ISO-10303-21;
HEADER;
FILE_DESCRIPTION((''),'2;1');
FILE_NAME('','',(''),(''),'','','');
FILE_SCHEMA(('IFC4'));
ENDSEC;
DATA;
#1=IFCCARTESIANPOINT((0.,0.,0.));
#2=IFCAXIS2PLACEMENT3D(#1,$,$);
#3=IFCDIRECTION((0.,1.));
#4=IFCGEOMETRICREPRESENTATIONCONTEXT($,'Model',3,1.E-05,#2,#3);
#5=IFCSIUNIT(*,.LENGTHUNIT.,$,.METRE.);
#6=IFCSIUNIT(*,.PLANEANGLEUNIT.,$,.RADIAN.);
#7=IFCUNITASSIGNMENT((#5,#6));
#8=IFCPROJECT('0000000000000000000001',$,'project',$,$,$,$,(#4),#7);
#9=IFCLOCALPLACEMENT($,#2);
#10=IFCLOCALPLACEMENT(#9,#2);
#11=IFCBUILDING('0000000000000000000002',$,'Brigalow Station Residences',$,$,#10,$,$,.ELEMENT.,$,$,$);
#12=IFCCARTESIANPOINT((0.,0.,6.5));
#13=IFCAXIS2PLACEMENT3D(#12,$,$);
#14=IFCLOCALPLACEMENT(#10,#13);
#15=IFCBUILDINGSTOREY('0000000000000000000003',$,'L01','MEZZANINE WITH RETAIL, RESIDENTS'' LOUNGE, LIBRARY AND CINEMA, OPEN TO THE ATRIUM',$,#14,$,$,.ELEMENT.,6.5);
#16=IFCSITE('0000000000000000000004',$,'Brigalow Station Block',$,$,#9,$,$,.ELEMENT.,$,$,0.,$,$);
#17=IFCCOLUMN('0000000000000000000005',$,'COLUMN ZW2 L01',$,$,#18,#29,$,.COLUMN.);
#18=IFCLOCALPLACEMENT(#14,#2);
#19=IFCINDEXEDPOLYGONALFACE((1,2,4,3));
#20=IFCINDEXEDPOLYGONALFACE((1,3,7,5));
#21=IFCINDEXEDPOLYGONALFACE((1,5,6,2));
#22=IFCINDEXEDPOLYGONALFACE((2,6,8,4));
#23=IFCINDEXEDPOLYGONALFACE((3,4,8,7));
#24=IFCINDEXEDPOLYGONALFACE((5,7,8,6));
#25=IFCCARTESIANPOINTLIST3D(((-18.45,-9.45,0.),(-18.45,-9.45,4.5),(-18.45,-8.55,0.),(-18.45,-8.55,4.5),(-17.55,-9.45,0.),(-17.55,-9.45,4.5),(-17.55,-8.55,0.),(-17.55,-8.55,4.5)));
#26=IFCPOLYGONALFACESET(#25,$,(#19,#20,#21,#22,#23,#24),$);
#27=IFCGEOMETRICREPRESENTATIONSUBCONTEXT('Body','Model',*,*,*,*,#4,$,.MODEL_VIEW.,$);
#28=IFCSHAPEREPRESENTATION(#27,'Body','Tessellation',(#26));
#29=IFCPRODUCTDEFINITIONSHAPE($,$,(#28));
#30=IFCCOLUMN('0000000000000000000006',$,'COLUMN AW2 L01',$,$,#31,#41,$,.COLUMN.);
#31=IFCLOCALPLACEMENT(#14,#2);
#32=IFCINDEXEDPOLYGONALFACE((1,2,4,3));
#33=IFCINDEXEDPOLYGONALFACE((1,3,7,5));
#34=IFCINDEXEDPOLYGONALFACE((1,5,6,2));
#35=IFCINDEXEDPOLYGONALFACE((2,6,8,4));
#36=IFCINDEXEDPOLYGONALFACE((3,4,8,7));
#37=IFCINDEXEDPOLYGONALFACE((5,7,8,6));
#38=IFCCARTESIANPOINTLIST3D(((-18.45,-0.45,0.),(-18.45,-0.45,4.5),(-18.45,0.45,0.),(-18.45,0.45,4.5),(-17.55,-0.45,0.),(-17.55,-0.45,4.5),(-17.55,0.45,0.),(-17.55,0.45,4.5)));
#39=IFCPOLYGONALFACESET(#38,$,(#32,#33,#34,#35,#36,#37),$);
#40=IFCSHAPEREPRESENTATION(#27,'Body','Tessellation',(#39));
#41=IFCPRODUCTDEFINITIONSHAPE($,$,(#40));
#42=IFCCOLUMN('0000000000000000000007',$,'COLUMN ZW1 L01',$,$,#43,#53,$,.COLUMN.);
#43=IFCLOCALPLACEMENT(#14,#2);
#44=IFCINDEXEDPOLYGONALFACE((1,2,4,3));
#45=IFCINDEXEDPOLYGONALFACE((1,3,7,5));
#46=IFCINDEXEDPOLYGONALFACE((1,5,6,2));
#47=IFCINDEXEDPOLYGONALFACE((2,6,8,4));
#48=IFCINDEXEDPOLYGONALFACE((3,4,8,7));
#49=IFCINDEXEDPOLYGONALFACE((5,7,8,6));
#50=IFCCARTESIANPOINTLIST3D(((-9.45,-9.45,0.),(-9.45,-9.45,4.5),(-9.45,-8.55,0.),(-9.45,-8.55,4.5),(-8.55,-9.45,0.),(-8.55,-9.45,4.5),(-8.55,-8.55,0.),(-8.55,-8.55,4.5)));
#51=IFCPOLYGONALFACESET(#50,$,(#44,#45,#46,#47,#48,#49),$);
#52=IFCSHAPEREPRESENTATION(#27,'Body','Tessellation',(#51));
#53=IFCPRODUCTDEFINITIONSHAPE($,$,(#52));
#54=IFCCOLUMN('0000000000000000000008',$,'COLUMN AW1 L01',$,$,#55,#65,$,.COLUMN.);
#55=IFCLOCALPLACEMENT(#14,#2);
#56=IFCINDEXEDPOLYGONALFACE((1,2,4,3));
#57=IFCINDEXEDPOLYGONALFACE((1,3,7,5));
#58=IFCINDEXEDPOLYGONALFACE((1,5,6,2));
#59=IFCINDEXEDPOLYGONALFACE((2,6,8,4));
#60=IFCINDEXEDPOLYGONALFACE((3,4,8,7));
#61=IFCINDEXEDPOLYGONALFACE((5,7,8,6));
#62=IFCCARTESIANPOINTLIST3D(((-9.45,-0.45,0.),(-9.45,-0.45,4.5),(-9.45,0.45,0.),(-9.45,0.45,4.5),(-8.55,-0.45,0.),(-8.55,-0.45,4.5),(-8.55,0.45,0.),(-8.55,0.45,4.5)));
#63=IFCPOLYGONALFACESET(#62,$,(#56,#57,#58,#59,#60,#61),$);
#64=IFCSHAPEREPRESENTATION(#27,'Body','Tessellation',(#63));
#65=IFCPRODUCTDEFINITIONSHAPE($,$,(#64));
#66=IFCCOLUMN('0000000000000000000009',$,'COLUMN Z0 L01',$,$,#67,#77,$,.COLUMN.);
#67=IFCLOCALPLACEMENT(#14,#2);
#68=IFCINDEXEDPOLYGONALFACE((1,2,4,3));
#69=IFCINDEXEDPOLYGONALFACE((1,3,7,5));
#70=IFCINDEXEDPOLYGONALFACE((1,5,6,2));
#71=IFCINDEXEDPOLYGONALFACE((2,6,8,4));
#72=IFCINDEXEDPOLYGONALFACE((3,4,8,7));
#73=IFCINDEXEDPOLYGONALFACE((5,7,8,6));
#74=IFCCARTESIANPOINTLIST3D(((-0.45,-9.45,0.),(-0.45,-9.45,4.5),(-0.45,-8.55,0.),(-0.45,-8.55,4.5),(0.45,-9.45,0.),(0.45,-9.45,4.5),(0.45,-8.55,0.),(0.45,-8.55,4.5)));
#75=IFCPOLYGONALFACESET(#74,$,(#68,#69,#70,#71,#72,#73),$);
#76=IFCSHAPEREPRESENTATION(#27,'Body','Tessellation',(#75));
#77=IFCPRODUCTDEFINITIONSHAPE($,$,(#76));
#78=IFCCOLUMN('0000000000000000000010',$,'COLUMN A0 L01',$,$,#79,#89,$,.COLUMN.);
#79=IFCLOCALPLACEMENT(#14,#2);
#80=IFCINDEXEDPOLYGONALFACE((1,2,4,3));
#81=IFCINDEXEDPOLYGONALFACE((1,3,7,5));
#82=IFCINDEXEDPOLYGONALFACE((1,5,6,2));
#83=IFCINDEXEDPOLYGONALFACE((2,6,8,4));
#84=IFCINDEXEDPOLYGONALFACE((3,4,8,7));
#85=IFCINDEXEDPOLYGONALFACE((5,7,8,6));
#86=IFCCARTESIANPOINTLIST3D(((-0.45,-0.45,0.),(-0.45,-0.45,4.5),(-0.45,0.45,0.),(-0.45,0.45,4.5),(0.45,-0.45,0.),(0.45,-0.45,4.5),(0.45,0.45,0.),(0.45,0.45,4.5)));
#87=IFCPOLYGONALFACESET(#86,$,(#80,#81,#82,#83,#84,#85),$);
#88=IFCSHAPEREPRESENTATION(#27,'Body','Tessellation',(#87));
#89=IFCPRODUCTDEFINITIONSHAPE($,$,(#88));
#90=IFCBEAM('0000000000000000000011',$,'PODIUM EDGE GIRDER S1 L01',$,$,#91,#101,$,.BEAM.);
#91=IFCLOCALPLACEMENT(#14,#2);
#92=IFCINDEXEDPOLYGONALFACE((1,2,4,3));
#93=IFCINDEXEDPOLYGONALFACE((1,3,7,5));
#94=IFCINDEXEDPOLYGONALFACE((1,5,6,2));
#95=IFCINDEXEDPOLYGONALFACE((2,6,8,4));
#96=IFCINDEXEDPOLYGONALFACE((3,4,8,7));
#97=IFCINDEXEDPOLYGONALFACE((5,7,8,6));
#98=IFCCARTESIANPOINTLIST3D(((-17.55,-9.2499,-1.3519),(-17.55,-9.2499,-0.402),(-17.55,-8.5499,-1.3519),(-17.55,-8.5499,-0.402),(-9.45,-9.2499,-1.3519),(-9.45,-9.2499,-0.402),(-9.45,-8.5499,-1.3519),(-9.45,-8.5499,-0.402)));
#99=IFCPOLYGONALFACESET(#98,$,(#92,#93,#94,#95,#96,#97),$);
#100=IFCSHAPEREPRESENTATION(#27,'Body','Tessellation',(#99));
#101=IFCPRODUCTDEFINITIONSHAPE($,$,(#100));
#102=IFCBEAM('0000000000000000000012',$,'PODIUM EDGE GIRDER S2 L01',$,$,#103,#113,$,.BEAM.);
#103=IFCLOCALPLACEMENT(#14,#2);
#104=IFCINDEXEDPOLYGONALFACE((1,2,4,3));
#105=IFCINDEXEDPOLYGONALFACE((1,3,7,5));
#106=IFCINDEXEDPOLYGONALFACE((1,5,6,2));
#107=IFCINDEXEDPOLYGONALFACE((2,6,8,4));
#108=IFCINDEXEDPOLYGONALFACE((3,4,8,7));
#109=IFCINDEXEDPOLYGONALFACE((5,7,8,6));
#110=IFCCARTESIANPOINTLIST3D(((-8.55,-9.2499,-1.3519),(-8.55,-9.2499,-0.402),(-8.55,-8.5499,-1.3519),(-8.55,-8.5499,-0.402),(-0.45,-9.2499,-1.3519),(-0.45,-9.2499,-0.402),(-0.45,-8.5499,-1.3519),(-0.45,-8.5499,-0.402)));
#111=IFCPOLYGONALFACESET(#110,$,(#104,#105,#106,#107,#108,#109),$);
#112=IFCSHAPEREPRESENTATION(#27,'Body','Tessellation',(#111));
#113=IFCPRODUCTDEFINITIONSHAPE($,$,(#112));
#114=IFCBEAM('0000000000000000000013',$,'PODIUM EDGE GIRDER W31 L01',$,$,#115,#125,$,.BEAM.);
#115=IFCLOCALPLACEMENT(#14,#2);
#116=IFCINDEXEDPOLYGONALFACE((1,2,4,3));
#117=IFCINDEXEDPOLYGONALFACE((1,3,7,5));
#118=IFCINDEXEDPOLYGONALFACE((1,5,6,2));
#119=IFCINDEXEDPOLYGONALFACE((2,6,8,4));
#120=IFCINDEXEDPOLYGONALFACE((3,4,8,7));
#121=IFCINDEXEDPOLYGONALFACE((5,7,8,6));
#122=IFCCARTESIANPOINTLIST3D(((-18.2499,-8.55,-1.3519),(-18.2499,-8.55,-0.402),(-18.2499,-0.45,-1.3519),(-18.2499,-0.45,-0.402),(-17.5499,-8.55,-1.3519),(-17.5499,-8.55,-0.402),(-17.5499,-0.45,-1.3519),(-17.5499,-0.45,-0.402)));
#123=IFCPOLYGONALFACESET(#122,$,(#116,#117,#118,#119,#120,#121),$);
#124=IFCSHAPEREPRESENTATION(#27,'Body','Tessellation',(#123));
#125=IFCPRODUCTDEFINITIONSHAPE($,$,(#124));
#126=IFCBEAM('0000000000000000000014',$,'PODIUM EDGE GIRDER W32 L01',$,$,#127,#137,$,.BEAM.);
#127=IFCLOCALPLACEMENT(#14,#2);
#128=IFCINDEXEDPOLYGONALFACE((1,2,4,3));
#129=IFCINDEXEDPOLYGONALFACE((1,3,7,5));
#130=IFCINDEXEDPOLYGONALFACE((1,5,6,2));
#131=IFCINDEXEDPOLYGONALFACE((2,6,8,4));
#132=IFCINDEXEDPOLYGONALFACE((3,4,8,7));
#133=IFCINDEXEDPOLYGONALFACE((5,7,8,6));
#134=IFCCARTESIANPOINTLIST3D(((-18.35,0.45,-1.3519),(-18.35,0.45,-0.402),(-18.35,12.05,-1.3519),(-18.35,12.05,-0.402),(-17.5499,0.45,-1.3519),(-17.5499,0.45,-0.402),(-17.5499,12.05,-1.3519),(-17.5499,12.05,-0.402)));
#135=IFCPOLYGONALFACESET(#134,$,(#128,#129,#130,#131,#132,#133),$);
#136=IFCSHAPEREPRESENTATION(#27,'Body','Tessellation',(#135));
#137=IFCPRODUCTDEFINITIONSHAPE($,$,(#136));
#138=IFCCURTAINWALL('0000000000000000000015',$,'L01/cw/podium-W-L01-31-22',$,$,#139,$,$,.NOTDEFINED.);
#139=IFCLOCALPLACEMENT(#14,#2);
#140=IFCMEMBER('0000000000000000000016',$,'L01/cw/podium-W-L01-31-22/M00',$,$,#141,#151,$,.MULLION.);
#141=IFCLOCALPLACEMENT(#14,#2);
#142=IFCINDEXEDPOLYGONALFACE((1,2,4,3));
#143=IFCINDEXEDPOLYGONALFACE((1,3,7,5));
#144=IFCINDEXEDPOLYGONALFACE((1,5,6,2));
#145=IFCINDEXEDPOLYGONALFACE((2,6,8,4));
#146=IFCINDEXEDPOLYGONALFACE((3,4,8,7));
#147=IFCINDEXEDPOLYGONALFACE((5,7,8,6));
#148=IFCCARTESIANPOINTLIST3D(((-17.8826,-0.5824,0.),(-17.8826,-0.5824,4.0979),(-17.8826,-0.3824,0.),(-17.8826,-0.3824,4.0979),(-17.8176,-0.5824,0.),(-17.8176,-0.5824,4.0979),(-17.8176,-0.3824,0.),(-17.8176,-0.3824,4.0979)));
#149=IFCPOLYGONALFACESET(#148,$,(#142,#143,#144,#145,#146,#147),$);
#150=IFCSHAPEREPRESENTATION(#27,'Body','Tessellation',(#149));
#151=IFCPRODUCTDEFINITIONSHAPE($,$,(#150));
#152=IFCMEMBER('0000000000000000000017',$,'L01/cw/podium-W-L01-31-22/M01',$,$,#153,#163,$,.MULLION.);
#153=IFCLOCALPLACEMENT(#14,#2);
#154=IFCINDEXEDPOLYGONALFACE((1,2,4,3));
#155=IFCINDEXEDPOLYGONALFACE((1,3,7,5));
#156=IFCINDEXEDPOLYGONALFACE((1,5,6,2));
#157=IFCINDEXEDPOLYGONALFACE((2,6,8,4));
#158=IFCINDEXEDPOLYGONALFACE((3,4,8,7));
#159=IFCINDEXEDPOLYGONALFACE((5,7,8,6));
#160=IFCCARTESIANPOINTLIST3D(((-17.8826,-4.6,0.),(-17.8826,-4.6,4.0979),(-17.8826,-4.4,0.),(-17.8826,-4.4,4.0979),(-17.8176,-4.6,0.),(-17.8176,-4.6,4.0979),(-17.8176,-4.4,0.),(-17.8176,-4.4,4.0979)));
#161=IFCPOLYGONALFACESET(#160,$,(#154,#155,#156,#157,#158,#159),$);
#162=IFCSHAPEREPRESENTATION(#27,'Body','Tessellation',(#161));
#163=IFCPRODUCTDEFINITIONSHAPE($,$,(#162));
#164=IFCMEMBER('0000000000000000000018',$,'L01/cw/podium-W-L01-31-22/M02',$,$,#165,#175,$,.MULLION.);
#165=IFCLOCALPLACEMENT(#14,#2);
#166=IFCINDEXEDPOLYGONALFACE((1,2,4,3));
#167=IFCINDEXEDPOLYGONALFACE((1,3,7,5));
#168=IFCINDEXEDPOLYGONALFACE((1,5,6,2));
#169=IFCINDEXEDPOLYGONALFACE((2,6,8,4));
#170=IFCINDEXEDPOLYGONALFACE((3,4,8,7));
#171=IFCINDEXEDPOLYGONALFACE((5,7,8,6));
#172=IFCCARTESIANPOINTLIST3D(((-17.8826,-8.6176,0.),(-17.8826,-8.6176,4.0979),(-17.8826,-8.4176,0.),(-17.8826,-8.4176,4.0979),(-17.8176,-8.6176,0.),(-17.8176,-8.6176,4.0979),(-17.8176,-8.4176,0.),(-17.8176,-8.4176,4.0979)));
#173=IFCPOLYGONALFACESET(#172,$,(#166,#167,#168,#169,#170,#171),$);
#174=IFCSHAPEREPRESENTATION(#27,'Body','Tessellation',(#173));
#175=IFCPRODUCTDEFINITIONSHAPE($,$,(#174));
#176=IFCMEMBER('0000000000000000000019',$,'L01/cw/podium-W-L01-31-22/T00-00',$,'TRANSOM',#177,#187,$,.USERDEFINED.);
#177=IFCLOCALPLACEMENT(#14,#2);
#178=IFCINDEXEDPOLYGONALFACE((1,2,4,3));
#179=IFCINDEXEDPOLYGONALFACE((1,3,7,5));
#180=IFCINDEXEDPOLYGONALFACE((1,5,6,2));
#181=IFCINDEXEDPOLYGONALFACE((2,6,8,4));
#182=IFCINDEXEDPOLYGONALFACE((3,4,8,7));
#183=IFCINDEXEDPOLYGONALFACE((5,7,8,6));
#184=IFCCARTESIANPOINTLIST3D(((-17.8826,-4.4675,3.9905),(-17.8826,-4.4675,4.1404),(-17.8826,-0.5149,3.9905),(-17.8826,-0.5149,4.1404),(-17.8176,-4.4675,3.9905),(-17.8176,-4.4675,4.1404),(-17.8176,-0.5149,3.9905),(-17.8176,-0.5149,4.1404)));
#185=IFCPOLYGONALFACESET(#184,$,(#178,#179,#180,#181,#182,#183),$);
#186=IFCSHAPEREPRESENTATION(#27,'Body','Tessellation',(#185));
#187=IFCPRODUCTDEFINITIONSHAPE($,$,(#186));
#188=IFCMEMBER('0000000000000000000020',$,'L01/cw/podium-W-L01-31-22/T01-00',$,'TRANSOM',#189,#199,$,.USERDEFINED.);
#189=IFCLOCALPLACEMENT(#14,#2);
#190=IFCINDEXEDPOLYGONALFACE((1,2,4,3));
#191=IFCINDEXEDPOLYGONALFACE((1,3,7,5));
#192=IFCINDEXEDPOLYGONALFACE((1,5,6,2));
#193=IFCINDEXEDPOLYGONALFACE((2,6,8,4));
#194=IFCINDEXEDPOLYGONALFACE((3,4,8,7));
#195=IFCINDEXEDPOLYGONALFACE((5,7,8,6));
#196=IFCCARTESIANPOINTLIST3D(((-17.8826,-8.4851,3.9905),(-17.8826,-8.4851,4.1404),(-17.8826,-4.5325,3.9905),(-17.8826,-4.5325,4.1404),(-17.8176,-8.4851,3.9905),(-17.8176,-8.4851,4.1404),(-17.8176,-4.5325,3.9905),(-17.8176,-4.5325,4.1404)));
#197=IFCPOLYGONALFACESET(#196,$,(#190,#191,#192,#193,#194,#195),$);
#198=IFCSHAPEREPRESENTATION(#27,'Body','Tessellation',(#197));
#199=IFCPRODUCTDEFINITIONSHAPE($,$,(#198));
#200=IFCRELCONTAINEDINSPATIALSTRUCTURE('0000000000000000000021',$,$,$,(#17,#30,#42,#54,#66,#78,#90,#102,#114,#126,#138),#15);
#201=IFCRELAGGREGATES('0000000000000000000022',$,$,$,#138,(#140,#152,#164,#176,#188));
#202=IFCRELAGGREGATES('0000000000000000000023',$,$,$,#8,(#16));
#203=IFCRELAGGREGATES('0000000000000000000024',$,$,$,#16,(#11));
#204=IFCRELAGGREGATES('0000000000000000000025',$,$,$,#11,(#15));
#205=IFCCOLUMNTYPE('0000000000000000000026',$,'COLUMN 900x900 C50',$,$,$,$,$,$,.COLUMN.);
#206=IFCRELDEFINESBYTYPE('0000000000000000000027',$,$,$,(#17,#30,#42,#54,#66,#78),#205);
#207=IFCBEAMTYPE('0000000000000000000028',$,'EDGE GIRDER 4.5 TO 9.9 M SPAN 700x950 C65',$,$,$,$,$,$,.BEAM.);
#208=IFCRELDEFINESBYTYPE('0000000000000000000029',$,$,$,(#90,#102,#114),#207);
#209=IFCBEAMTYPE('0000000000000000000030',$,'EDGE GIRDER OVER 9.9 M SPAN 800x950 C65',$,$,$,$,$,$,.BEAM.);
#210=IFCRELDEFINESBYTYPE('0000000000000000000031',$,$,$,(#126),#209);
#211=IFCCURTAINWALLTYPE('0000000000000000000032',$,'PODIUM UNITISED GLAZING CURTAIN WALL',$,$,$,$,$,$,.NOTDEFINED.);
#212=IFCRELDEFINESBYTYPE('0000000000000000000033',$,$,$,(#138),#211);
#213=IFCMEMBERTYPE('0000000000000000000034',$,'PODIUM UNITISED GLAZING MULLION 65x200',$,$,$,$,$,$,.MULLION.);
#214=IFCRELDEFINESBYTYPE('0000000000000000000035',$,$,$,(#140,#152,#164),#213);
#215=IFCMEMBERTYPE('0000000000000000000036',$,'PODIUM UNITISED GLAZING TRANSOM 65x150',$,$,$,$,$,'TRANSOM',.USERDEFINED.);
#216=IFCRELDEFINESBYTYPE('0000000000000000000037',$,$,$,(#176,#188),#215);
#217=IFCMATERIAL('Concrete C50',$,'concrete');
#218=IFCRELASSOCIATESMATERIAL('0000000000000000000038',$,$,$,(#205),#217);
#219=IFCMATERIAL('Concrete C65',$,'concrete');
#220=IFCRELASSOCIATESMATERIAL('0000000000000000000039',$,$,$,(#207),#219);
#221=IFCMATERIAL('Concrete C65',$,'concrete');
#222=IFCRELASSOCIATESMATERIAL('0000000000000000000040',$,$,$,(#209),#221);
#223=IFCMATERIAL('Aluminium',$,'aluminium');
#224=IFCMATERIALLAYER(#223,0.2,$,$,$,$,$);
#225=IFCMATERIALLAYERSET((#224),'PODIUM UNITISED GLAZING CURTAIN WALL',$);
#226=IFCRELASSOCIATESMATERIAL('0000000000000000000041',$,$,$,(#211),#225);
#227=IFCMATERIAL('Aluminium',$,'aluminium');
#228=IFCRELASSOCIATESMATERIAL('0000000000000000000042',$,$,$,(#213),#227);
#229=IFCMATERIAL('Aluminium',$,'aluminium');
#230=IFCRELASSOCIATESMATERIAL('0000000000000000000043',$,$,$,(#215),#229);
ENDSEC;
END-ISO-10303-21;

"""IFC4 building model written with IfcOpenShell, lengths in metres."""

from ifc_helpers import new_model, si_unit, direction, frame, origin, origin_2d, place, context, subcontext, project, spatial, rectangle, extrude, material, layer, layer_set, material_profile, profile_set, type_object, element, aggregate, save


model = new_model("IFC4")

# Units and contexts
model_context = context("Model", 3, precision=1e-05, world=origin(), true_north=direction((0.0, 1.0)))
body_context = subcontext(model_context, "Body", "Model", "MODEL_VIEW")
ifc_project = project(units=[si_unit("LENGTHUNIT", "METRE"), si_unit("PLANEANGLEUNIT", "RADIAN")], contexts=[model_context])

# Site, building, storey
site_placement = place(None, origin())
site = spatial("IfcSite", under=ifc_project, at=site_placement, Name="Brigalow Station Block", CompositionType="ELEMENT", RefElevation=0.0)
building_placement = place(site_placement, origin())
building = spatial("IfcBuilding", under=site, at=building_placement, Name="Brigalow Station Residences", CompositionType="ELEMENT")
storey_placement = place(building_placement, frame((0.0, 0.0, 6.5)))
storey = spatial("IfcBuildingStorey", under=building, at=storey_placement, Name="L01", Description="MEZZANINE WITH RETAIL, RESIDENTS' LOUNGE, LIBRARY AND CINEMA, OPEN TO THE ATRIUM", CompositionType="ELEMENT", Elevation=6.5)

# Columns
ifc_material_1 = material(Name="Concrete C50", Category="concrete")
ifc_material_profile_1 = material_profile(ifc_material_1, rectangle(XDim=0.8999, YDim=0.8999, at=origin_2d()), Name="RC900x900")
ifc_profile_set_1 = profile_set([ifc_material_profile_1], Name="Concrete C50")
column_type = type_object("IfcColumnType", Name="COLUMN 900x900 C50", PredefinedType="COLUMN", material=ifc_profile_set_1)
for number, where, z_axis, x_axis, name in (
    (1, (-18.0, -9.0, 0.0), (0.0, 0.0, 1.0), (1.0, 0.0, 0.0), "COLUMN ZW2 L01"),
    (2, (-18.0, 0.0, 0.0), (0.0, 0.0, 1.0), (1.0, 0.0, 0.0), "COLUMN AW2 L01"),
    (3, (-9.0, -9.0, 0.0), (0.0, 0.0, 1.0), (1.0, 0.0, 0.0), "COLUMN ZW1 L01"),
    (4, (-9.0, 0.0, 0.0), (0.0, 0.0, 1.0), (1.0, 0.0, 0.0), "COLUMN AW1 L01"),
    (5, (0.0, -9.0, 0.0), (0.0, 0.0, 1.0), (1.0, 0.0, 0.0), "COLUMN Z0 L01"),
    (6, (0.0, 0.0, 0.0), (0.0, 0.0, 1.0), (1.0, 0.0, 0.0), "COLUMN A0 L01"),
):
    element("IfcColumn", number, at=place(storey_placement, frame(where, z_axis=z_axis, x_axis=x_axis)), inside=storey, type_object=column_type, Name=name, PredefinedType="COLUMN", context=body_context, shape_type="SweptSolid", body=[
        extrude(rectangle(XDim=0.8999, YDim=0.8999, at=origin_2d()), origin(), (0.0, 0.0, 1.0), 4.5),
    ])

# Beams
ifc_material_2 = material(Name="Concrete C65", Category="concrete")
ifc_material_profile_2 = material_profile(ifc_material_2, rectangle(XDim=0.7, YDim=0.95, at=origin_2d()), Name="RC700x950")
ifc_profile_set_2 = profile_set([ifc_material_profile_2], Name="Concrete C65")
beam_type_1 = type_object("IfcBeamType", Name="EDGE GIRDER 4.5 TO 9.9 M SPAN 700x950 C65", PredefinedType="BEAM", material=ifc_profile_set_2)
for number, where, z_axis, x_axis, name in (
    (7, (-17.55, -8.8999, -0.877), (1.0, 0.0, 0.0), (0.0, 1.0, 0.0), "PODIUM EDGE GIRDER S1 L01"),
    (8, (-8.55, -8.8999, -0.877), (1.0, 0.0, 0.0), (0.0, 1.0, 0.0), "PODIUM EDGE GIRDER S2 L01"),
    (9, (-17.8999, -8.55, -0.877), (0.0, 1.0, 0.0), (-1.0, 0.0, 0.0), "PODIUM EDGE GIRDER W31 L01"),
):
    element("IfcBeam", number, at=place(storey_placement, frame(where, z_axis=z_axis, x_axis=x_axis)), inside=storey, type_object=beam_type_1, Name=name, PredefinedType="BEAM", context=body_context, shape_type="SweptSolid", body=[
        extrude(rectangle(XDim=0.7, YDim=0.95, at=origin_2d()), origin(), (0.0, 0.0, 1.0), 8.1001),
    ])
ifc_material_3 = material(Name="Concrete C65", Category="concrete")
ifc_material_profile_3 = material_profile(ifc_material_3, rectangle(XDim=0.8, YDim=0.95, at=origin_2d()), Name="RC800x950")
ifc_profile_set_3 = profile_set([ifc_material_profile_3], Name="Concrete C65")
beam_type_2 = type_object("IfcBeamType", Name="EDGE GIRDER OVER 9.9 M SPAN 800x950 C65", PredefinedType="BEAM", material=ifc_profile_set_3)
beam_placement = place(storey_placement, frame((-17.95, 0.45, -0.877), z_axis=(0.0, 1.0, 0.0), x_axis=(-1.0, 0.0, 0.0)))
element("IfcBeam", 10, at=beam_placement, inside=storey, type_object=beam_type_2, Name="PODIUM EDGE GIRDER W32 L01", PredefinedType="BEAM", context=body_context, shape_type="SweptSolid", body=[
    extrude(rectangle(XDim=0.8, YDim=0.95, at=origin_2d()), origin(), (0.0, 0.0, 1.0), 11.6001),
])

# Curtain wall, members
ifc_material_4 = material(Name="Aluminium", Category="aluminium")
ifc_layer_1 = layer(ifc_material_4, 0.2)
ifc_layer_set_1 = layer_set([ifc_layer_1], Name="PODIUM UNITISED GLAZING CURTAIN WALL")
curtain_wall_type = type_object("IfcCurtainWallType", Name="PODIUM UNITISED GLAZING CURTAIN WALL", PredefinedType="NOTDEFINED", material=ifc_layer_set_1)
curtain_wall_placement = place(storey_placement, origin())
curtain_wall = element("IfcCurtainWall", 11, at=curtain_wall_placement, inside=storey, type_object=curtain_wall_type, Name="L01/cw/podium-W-L01-31-22", PredefinedType="NOTDEFINED")
ifc_material_5 = material(Name="Aluminium", Category="aluminium")
ifc_material_profile_4 = material_profile(ifc_material_5, rectangle(XDim=0.0649, YDim=0.2, at=origin_2d()), Name="PODIUM UNITISED GLAZING MULLION 65x200")
ifc_profile_set_4 = profile_set([ifc_material_profile_4], Name="Aluminium")
member_type_1 = type_object("IfcMemberType", Name="PODIUM UNITISED GLAZING MULLION 65x200", PredefinedType="MULLION", material=ifc_profile_set_4)
member_1_placement = place(storey_placement, frame((-17.8501, -0.4824, 0.0), z_axis=(0.0, 0.0, 1.0), x_axis=(1.0, 0.0, 0.0)))
member_1 = element("IfcMember", 12, at=member_1_placement, type_object=member_type_1, Name="L01/cw/podium-W-L01-31-22/M00", PredefinedType="MULLION", context=body_context, shape_type="SweptSolid", body=[
    extrude(rectangle(XDim=0.0649, YDim=0.2, at=origin_2d()), origin(), (0.0, 0.0, 1.0), 4.0979),
])
member_2_placement = place(storey_placement, frame((-17.8501, -4.5, 0.0), z_axis=(0.0, 0.0, 1.0), x_axis=(1.0, 0.0, 0.0)))
member_2 = element("IfcMember", 13, at=member_2_placement, type_object=member_type_1, Name="L01/cw/podium-W-L01-31-22/M01", PredefinedType="MULLION", context=body_context, shape_type="SweptSolid", body=[
    extrude(rectangle(XDim=0.0649, YDim=0.2, at=origin_2d()), origin(), (0.0, 0.0, 1.0), 4.0979),
])
member_3_placement = place(storey_placement, frame((-17.8501, -8.5176, 0.0), z_axis=(0.0, 0.0, 1.0), x_axis=(1.0, 0.0, 0.0)))
member_3 = element("IfcMember", 14, at=member_3_placement, type_object=member_type_1, Name="L01/cw/podium-W-L01-31-22/M02", PredefinedType="MULLION", context=body_context, shape_type="SweptSolid", body=[
    extrude(rectangle(XDim=0.0649, YDim=0.2, at=origin_2d()), origin(), (0.0, 0.0, 1.0), 4.0979),
])
ifc_material_6 = material(Name="Aluminium", Category="aluminium")
ifc_material_profile_5 = material_profile(ifc_material_6, rectangle(XDim=0.0649, YDim=0.1499, at=origin_2d()), Name="PODIUM UNITISED GLAZING TRANSOM 65x150")
ifc_profile_set_5 = profile_set([ifc_material_profile_5], Name="Aluminium")
member_type_2 = type_object("IfcMemberType", Name="PODIUM UNITISED GLAZING TRANSOM 65x150", ElementType="TRANSOM", PredefinedType="USERDEFINED", material=ifc_profile_set_5)
member_4_placement = place(storey_placement, frame((-17.8501, -0.5149, 4.0654), z_axis=(0.0, -1.0, 0.0), x_axis=(1.0, 0.0, 0.0)))
member_4 = element("IfcMember", 15, at=member_4_placement, type_object=member_type_2, Name="L01/cw/podium-W-L01-31-22/T00-00", ObjectType="TRANSOM", PredefinedType="USERDEFINED", context=body_context, shape_type="SweptSolid", body=[
    extrude(rectangle(XDim=0.0649, YDim=0.1499, at=origin_2d()), origin(), (0.0, 0.0, 1.0), 3.9526),
])
member_5_placement = place(storey_placement, frame((-17.8501, -4.5325, 4.0654), z_axis=(0.0, -1.0, 0.0), x_axis=(1.0, 0.0, 0.0)))
member_5 = element("IfcMember", 16, at=member_5_placement, type_object=member_type_2, Name="L01/cw/podium-W-L01-31-22/T01-00", ObjectType="TRANSOM", PredefinedType="USERDEFINED", context=body_context, shape_type="SweptSolid", body=[
    extrude(rectangle(XDim=0.0649, YDim=0.1499, at=origin_2d()), origin(), (0.0, 0.0, 1.0), 3.9526),
])
aggregate(curtain_wall, [member_1, member_2, member_3, member_4, member_5])

save(model, "model.ifc")
